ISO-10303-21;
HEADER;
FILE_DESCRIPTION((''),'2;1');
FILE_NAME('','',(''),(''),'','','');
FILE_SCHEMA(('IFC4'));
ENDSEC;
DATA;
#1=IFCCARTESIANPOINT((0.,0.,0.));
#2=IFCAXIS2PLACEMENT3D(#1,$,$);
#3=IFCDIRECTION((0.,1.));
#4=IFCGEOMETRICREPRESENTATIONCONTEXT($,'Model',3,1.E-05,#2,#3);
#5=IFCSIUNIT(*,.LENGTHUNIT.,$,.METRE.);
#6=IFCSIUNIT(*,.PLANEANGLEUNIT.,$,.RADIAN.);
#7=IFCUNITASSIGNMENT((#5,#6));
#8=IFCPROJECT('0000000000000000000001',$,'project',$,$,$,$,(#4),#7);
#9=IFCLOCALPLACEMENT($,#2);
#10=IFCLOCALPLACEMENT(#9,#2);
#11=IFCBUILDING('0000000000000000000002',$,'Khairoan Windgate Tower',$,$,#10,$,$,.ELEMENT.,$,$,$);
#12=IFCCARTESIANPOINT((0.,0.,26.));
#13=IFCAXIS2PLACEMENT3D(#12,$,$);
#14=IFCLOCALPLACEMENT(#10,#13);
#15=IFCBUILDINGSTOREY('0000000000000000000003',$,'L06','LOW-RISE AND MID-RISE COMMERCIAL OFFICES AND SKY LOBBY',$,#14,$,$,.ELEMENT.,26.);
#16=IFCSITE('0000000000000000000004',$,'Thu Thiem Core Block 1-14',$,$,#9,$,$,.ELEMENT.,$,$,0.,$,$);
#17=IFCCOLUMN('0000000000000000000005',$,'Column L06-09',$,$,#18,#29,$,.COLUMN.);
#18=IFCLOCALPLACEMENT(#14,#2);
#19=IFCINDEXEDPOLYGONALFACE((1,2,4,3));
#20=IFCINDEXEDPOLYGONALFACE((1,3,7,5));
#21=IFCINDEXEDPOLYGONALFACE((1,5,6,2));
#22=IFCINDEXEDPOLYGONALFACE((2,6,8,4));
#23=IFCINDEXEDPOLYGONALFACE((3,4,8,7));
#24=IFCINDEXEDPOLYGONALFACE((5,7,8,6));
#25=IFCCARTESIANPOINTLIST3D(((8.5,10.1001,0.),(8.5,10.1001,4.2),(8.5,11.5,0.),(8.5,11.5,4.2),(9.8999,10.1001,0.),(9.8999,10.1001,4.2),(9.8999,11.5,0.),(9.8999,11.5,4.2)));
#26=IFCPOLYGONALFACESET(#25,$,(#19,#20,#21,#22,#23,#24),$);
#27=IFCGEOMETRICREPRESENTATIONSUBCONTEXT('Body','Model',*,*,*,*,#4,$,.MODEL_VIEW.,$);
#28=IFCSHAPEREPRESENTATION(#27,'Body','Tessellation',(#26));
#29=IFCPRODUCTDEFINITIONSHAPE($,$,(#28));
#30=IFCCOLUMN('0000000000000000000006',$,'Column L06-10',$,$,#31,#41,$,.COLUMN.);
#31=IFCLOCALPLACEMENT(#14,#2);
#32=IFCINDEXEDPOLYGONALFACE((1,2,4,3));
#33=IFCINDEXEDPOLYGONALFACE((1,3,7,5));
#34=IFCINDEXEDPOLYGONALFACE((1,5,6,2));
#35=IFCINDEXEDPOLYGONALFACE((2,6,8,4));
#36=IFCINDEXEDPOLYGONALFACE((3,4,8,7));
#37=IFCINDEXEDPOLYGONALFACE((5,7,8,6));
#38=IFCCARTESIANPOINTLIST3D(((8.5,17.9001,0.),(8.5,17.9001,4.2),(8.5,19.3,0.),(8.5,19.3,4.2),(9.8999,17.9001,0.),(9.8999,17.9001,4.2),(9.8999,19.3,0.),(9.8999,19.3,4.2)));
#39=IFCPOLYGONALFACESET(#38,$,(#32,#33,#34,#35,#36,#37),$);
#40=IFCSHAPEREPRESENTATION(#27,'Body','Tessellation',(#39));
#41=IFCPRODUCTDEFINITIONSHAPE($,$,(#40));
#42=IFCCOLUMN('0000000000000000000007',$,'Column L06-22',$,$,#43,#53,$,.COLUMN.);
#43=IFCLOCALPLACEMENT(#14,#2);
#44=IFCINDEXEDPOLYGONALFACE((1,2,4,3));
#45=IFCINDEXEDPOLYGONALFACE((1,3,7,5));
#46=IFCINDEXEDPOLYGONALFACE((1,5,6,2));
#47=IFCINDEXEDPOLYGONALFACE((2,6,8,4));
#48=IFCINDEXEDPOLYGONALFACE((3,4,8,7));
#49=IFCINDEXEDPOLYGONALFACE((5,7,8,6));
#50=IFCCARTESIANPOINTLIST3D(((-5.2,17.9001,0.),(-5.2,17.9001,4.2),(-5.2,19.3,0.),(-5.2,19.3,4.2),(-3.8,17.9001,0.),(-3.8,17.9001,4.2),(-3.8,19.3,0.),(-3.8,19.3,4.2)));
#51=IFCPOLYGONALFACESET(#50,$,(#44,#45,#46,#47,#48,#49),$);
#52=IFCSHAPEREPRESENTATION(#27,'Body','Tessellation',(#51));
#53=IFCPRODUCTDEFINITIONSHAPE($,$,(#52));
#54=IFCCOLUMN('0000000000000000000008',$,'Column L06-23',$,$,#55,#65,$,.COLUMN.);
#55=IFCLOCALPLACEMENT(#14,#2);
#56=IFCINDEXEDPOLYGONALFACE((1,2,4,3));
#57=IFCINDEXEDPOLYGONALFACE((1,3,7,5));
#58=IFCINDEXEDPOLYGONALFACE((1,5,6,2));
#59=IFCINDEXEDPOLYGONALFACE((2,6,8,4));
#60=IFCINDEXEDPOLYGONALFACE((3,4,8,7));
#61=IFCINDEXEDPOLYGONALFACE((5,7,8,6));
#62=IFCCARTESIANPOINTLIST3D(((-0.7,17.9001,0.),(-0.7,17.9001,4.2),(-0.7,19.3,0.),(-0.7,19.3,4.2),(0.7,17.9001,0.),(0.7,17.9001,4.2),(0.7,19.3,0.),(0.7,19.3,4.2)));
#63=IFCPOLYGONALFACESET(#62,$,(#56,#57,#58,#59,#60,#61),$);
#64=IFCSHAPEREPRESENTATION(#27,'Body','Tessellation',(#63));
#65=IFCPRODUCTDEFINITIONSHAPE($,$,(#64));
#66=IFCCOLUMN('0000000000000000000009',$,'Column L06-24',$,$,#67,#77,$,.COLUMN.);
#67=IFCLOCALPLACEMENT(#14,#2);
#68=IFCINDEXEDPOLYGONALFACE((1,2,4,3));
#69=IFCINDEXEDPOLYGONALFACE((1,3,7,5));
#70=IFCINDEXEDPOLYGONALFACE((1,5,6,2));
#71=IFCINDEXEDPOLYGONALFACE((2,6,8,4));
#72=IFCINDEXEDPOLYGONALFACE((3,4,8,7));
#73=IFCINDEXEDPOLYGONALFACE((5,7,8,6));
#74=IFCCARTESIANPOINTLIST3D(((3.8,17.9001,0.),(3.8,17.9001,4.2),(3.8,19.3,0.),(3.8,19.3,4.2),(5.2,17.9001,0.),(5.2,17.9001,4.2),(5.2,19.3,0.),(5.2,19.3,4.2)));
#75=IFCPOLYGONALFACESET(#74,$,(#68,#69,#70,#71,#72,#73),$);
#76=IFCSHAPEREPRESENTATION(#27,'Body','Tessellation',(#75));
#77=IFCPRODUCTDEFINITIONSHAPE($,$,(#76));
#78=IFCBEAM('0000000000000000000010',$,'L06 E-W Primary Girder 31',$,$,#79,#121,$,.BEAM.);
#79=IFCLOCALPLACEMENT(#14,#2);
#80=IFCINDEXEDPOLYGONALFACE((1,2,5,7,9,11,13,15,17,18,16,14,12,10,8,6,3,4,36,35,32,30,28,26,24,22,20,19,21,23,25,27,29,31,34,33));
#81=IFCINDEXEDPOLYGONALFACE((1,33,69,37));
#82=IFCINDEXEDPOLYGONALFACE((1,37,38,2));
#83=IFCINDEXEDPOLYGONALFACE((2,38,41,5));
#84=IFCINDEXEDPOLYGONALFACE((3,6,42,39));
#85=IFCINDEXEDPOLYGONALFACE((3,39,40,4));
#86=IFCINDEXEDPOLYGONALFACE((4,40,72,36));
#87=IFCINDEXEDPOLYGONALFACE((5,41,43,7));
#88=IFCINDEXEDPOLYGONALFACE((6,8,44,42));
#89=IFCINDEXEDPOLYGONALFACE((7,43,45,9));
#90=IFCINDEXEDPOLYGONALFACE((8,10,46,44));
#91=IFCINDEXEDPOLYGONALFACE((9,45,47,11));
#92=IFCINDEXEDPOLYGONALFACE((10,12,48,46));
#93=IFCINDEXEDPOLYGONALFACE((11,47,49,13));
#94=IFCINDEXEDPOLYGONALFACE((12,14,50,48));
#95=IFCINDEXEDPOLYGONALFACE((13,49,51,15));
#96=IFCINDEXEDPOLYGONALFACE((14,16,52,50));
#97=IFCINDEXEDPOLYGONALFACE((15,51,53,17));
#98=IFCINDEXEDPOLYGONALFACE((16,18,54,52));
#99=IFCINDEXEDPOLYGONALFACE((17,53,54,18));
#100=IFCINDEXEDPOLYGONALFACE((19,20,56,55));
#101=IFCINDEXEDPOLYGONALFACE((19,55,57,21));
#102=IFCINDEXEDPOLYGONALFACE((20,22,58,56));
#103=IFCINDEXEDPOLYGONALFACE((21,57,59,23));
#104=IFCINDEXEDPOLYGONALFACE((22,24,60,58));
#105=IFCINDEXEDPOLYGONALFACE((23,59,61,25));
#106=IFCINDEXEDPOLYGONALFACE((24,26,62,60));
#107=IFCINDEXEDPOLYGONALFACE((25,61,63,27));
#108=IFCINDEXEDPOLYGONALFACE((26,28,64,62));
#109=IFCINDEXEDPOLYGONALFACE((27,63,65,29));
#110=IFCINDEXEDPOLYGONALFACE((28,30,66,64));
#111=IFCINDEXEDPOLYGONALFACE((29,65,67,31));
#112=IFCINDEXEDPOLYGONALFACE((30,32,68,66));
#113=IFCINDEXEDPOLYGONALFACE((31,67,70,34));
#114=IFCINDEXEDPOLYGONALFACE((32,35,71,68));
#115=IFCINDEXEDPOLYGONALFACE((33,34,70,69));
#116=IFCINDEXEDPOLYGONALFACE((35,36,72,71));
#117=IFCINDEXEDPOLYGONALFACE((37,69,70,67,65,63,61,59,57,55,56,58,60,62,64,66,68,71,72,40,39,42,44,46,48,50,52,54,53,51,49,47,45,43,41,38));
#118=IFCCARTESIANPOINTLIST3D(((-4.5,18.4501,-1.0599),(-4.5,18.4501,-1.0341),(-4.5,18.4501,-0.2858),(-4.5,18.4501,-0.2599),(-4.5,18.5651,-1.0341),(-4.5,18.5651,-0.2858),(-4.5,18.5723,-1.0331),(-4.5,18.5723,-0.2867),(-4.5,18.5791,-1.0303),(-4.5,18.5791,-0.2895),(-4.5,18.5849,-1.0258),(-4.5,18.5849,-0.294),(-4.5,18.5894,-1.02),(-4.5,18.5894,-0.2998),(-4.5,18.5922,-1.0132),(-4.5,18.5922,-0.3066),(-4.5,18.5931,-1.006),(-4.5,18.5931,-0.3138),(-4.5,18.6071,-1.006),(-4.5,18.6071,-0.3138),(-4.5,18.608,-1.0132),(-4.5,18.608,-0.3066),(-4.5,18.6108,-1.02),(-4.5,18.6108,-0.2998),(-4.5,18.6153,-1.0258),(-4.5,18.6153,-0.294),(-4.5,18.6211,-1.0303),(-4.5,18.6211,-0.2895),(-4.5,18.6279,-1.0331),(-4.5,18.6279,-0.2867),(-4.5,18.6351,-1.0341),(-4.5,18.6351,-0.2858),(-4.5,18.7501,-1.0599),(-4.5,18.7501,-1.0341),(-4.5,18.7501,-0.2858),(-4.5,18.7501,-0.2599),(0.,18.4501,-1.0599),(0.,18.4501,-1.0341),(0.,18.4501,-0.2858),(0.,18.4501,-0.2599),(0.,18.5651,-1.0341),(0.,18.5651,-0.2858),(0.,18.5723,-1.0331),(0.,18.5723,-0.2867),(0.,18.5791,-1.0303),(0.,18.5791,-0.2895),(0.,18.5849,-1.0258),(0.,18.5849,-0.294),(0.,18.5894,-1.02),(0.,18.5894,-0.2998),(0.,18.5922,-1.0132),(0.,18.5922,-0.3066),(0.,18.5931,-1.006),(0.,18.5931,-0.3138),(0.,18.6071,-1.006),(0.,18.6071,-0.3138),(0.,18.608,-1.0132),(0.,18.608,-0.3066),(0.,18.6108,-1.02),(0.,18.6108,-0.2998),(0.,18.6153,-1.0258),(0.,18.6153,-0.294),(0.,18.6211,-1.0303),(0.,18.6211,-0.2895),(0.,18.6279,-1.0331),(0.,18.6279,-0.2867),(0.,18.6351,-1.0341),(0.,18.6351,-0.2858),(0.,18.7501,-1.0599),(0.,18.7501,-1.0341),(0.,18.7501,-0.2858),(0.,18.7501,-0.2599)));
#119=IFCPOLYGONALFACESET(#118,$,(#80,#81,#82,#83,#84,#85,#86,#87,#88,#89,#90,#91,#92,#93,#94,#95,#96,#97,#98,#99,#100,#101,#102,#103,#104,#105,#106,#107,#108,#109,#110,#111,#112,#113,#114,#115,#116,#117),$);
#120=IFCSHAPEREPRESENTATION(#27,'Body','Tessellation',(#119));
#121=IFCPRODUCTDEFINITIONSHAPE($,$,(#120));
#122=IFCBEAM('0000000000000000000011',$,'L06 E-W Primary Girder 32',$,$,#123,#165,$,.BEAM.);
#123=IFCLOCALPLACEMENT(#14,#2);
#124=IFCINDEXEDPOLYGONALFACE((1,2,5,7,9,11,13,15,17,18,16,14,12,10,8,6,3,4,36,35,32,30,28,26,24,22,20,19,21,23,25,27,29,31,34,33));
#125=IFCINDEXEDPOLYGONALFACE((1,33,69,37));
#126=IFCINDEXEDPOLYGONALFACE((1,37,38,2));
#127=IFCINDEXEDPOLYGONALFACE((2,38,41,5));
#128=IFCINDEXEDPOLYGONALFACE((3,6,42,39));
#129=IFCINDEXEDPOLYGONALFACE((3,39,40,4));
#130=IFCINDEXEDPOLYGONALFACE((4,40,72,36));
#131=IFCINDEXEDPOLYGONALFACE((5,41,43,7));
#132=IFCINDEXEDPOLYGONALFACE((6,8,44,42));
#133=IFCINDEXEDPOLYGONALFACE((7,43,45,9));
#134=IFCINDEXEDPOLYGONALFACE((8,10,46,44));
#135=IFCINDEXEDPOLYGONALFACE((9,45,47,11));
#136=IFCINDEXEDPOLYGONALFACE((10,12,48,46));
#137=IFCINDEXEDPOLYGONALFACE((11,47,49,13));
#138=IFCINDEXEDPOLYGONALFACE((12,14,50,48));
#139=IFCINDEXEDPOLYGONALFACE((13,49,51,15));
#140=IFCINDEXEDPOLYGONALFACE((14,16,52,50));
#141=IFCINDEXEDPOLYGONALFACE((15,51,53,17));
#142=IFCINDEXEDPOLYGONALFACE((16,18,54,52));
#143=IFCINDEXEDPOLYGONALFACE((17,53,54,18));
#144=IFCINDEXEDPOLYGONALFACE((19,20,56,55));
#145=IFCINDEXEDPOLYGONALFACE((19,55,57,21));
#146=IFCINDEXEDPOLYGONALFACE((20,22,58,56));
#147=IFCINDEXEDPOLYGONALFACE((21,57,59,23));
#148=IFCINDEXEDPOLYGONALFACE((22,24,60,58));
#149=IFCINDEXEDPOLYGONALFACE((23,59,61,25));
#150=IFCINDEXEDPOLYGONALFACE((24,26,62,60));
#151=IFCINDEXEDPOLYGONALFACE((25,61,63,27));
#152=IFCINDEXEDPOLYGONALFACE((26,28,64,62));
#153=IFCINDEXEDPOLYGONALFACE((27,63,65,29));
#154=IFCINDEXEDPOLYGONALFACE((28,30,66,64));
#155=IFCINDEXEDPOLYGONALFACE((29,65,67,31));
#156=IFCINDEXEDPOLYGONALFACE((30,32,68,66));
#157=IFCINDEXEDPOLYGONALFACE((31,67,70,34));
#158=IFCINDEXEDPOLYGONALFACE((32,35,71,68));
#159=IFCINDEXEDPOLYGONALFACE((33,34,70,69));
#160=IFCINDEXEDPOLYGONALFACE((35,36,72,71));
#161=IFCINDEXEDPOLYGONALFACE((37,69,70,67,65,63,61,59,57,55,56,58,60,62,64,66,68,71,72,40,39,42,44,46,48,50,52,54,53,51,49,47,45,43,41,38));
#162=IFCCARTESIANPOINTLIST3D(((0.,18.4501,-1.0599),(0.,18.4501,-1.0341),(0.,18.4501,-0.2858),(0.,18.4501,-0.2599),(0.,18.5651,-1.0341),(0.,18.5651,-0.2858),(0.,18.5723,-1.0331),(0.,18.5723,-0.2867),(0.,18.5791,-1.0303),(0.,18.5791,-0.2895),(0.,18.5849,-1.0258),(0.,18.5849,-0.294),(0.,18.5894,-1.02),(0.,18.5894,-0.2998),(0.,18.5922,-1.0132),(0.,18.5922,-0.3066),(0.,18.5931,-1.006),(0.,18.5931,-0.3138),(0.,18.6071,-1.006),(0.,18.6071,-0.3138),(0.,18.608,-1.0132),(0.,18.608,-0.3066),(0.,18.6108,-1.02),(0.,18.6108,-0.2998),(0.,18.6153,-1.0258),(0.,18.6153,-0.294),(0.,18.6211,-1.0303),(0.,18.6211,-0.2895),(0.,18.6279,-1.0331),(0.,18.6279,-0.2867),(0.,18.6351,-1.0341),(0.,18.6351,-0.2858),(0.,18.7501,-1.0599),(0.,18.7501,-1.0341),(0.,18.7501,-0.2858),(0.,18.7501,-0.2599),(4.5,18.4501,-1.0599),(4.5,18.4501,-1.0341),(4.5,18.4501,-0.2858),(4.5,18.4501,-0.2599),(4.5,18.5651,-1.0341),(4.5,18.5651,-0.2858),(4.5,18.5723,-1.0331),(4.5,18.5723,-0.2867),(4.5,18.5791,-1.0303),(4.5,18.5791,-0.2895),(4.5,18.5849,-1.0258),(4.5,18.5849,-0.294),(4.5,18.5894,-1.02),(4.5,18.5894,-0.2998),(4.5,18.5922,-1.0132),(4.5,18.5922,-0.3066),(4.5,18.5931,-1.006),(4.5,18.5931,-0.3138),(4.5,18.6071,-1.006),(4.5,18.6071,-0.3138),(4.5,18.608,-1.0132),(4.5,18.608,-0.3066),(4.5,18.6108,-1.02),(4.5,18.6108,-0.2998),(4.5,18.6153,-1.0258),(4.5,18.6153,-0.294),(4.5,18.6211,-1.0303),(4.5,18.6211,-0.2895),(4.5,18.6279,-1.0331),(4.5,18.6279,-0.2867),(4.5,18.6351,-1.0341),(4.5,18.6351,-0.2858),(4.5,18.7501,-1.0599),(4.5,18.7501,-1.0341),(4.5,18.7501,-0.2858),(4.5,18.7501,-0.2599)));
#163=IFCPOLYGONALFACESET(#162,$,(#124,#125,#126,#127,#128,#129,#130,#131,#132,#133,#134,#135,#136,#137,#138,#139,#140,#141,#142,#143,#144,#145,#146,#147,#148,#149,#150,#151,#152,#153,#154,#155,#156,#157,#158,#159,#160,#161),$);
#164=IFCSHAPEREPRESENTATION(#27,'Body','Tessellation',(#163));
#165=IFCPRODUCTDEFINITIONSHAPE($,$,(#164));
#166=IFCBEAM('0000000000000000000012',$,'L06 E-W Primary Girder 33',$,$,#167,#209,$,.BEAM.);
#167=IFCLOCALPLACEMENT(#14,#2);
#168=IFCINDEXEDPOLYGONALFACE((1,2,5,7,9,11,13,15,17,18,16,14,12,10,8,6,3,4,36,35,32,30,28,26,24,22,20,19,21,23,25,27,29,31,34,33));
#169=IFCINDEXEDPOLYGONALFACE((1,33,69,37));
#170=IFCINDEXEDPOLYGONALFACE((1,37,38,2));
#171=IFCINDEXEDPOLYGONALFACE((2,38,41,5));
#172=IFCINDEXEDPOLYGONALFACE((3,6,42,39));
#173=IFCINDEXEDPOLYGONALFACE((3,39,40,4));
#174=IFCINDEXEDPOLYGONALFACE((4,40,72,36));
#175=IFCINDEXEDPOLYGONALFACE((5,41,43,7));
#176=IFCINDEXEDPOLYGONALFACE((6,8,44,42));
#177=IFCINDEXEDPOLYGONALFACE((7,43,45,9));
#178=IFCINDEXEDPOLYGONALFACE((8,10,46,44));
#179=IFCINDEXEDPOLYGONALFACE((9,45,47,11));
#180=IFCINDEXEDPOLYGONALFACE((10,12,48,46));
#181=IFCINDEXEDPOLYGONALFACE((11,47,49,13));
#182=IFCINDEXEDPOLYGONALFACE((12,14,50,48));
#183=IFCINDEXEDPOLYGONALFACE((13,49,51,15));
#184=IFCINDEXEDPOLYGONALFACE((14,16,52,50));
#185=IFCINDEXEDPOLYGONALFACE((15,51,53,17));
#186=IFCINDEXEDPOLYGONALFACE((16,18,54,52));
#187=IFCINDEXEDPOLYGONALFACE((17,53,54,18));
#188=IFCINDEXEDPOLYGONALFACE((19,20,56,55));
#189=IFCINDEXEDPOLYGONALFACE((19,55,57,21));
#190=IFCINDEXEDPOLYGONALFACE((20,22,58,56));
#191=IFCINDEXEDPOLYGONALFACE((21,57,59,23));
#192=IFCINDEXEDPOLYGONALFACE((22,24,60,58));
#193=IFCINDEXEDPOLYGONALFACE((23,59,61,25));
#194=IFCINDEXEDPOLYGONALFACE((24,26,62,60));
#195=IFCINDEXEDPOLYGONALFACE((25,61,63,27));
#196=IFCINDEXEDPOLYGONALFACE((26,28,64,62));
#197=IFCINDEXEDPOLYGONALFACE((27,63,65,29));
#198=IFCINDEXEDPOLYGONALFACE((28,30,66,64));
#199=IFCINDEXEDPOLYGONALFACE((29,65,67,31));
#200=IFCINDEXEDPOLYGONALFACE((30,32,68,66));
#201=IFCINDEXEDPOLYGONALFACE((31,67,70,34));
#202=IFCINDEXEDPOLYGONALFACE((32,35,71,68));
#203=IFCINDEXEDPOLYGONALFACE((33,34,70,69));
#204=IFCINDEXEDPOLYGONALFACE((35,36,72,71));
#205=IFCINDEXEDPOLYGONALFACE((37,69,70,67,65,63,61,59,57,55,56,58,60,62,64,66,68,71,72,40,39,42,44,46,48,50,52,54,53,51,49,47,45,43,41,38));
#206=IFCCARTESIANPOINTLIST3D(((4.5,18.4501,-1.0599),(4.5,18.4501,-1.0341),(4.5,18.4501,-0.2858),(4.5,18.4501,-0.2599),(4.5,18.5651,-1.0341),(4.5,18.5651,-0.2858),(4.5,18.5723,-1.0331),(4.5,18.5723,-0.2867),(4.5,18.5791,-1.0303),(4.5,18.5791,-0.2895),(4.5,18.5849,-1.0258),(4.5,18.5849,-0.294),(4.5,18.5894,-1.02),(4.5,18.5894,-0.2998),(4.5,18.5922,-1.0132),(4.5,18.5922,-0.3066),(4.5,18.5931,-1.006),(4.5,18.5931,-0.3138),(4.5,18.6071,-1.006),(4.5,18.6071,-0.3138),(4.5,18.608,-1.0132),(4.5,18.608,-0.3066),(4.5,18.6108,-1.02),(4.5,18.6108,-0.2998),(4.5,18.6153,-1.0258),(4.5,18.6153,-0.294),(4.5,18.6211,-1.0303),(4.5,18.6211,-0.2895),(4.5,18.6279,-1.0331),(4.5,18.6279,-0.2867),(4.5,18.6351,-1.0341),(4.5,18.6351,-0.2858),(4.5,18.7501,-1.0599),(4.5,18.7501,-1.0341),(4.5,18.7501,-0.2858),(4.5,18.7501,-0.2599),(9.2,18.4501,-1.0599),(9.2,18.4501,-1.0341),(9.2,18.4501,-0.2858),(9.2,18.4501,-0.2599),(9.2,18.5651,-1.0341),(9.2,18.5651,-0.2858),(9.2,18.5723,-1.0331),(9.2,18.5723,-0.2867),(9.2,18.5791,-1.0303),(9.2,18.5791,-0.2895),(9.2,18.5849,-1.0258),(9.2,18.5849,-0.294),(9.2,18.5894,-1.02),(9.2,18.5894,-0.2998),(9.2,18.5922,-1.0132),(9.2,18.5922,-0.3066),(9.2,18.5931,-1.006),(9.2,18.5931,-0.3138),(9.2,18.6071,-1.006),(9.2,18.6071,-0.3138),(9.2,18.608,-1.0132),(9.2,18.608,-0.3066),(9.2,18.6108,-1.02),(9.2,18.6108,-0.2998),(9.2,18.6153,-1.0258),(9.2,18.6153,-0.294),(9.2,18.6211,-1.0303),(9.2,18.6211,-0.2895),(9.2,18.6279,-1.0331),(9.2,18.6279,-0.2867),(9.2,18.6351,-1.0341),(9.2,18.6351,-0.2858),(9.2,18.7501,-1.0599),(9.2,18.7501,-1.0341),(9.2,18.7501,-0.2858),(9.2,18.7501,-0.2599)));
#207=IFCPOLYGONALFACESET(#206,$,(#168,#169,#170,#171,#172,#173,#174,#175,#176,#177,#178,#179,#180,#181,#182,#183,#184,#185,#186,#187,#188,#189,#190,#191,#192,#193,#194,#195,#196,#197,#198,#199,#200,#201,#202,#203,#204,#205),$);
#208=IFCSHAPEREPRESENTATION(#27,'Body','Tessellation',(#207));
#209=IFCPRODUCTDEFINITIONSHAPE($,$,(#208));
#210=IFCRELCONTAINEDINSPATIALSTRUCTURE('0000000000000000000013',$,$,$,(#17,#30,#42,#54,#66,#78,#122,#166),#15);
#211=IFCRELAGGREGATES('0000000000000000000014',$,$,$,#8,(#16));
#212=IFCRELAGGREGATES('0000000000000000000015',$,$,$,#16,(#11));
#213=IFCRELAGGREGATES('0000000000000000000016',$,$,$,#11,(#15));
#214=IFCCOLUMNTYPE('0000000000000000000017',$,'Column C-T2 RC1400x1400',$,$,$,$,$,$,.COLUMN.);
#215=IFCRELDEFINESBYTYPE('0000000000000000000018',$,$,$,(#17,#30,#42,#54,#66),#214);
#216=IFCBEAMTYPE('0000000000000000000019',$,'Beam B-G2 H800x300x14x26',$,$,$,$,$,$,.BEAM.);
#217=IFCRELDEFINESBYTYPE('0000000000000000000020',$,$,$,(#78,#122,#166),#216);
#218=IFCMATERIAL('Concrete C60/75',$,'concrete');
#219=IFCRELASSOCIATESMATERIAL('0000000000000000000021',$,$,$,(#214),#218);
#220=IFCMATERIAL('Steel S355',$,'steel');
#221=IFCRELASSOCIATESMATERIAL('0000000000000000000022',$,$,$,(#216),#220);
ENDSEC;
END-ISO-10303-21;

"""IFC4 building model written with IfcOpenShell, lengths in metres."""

from ifc_helpers import new_model, si_unit, direction, frame, origin, origin_2d, place, context, subcontext, project, spatial, rectangle, i_section, extrude, material, material_profile, profile_set, type_object, element, save


model = new_model("IFC4")

# Units and contexts
model_context = context("Model", 3, precision=1e-05, world=origin(), true_north=direction((0.0, 1.0)))
body_context = subcontext(model_context, "Body", "Model", "MODEL_VIEW")
ifc_project = project(units=[si_unit("LENGTHUNIT", "METRE"), si_unit("PLANEANGLEUNIT", "RADIAN")], contexts=[model_context])

# Site, building, storey
site_placement = place(None, origin())
site = spatial("IfcSite", under=ifc_project, at=site_placement, Name="Thu Thiem Core Block 1-14", CompositionType="ELEMENT", RefElevation=0.0)
building_placement = place(site_placement, origin())
building = spatial("IfcBuilding", under=site, at=building_placement, Name="Khairoan Windgate Tower", CompositionType="ELEMENT")
storey_placement = place(building_placement, frame((0.0, 0.0, 26.0)))
storey = spatial("IfcBuildingStorey", under=building, at=storey_placement, Name="L06", Description="LOW-RISE AND MID-RISE COMMERCIAL OFFICES AND SKY LOBBY", CompositionType="ELEMENT", Elevation=26.0)

# Columns
ifc_material_1 = material(Name="Concrete C60/75", Category="concrete")
ifc_material_profile_1 = material_profile(ifc_material_1, rectangle(XDim=1.3999, YDim=1.3999, at=origin_2d()))
ifc_profile_set_1 = profile_set([ifc_material_profile_1], Name="Concrete C60/75")
column_type = type_object("IfcColumnType", Name="Column C-T2 RC1400x1400", PredefinedType="COLUMN", material=ifc_profile_set_1)
for number, where, z_axis, x_axis, name in (
    (1, (9.2, 10.8, 0.0), (0.0, 0.0, 1.0), (1.0, 0.0, 0.0), "Column L06-09"),
    (2, (9.2, 18.6001, 0.0), (0.0, 0.0, 1.0), (1.0, 0.0, 0.0), "Column L06-10"),
    (3, (-4.5, 18.6001, 0.0), (0.0, 0.0, 1.0), (1.0, 0.0, 0.0), "Column L06-22"),
    (4, (0.0, 18.6001, 0.0), (0.0, 0.0, 1.0), (1.0, 0.0, 0.0), "Column L06-23"),
    (5, (4.5, 18.6001, 0.0), (0.0, 0.0, 1.0), (1.0, 0.0, 0.0), "Column L06-24"),
):
    element("IfcColumn", number, at=place(storey_placement, frame(where, z_axis=z_axis, x_axis=x_axis)), inside=storey, type_object=column_type, Name=name, PredefinedType="COLUMN", context=body_context, shape_type="SweptSolid", body=[
        extrude(rectangle(XDim=1.3999, YDim=1.3999, at=origin_2d()), origin(), (0.0, 0.0, 1.0), 4.2),
    ])

# Beams
ifc_material_2 = material(Name="Steel S355", Category="steel")
ifc_material_profile_2 = material_profile(ifc_material_2, i_section(OverallWidth=0.3, OverallDepth=0.8, WebThickness=0.0139, FlangeThickness=0.0259, FilletRadius=0.0281, at=origin_2d()))
ifc_profile_set_2 = profile_set([ifc_material_profile_2], Name="Steel S355")
beam_type_1 = type_object("IfcBeamType", Name="Beam B-G2 H800x300x14x26", PredefinedType="BEAM", material=ifc_profile_set_2)
for number, where, z_axis, x_axis, name in (
    (6, (-4.5, 18.6001, -0.6599), (1.0, 0.0, 0.0), (0.0, 1.0, 0.0), "L06 E-W Primary Girder 31"),
    (7, (0.0, 18.6001, -0.6599), (1.0, 0.0, 0.0), (0.0, 1.0, 0.0), "L06 E-W Primary Girder 32"),
):
    element("IfcBeam", number, at=place(storey_placement, frame(where, z_axis=z_axis, x_axis=x_axis)), inside=storey, type_object=beam_type_1, Name=name, PredefinedType="BEAM", context=body_context, shape_type="SweptSolid", body=[
        extrude(i_section(OverallWidth=0.3, OverallDepth=0.8, WebThickness=0.0139, FlangeThickness=0.0259, FilletRadius=0.0281, at=origin_2d()), origin(), (0.0, 0.0, 1.0), 4.5),
    ])
beam_1_placement = place(storey_placement, frame((4.5, 18.6001, -0.6599), z_axis=(1.0, 0.0, 0.0), x_axis=(0.0, 1.0, 0.0)))
element("IfcBeam", 8, at=beam_1_placement, inside=storey, type_object=beam_type_1, Name="L06 E-W Primary Girder 33", PredefinedType="BEAM", context=body_context, shape_type="SweptSolid", body=[
    extrude(i_section(OverallWidth=0.3, OverallDepth=0.8, WebThickness=0.0139, FlangeThickness=0.0259, FilletRadius=0.0281, at=origin_2d()), origin(), (0.0, 0.0, 1.0), 4.7),
])

save(model, "model.ifc")
